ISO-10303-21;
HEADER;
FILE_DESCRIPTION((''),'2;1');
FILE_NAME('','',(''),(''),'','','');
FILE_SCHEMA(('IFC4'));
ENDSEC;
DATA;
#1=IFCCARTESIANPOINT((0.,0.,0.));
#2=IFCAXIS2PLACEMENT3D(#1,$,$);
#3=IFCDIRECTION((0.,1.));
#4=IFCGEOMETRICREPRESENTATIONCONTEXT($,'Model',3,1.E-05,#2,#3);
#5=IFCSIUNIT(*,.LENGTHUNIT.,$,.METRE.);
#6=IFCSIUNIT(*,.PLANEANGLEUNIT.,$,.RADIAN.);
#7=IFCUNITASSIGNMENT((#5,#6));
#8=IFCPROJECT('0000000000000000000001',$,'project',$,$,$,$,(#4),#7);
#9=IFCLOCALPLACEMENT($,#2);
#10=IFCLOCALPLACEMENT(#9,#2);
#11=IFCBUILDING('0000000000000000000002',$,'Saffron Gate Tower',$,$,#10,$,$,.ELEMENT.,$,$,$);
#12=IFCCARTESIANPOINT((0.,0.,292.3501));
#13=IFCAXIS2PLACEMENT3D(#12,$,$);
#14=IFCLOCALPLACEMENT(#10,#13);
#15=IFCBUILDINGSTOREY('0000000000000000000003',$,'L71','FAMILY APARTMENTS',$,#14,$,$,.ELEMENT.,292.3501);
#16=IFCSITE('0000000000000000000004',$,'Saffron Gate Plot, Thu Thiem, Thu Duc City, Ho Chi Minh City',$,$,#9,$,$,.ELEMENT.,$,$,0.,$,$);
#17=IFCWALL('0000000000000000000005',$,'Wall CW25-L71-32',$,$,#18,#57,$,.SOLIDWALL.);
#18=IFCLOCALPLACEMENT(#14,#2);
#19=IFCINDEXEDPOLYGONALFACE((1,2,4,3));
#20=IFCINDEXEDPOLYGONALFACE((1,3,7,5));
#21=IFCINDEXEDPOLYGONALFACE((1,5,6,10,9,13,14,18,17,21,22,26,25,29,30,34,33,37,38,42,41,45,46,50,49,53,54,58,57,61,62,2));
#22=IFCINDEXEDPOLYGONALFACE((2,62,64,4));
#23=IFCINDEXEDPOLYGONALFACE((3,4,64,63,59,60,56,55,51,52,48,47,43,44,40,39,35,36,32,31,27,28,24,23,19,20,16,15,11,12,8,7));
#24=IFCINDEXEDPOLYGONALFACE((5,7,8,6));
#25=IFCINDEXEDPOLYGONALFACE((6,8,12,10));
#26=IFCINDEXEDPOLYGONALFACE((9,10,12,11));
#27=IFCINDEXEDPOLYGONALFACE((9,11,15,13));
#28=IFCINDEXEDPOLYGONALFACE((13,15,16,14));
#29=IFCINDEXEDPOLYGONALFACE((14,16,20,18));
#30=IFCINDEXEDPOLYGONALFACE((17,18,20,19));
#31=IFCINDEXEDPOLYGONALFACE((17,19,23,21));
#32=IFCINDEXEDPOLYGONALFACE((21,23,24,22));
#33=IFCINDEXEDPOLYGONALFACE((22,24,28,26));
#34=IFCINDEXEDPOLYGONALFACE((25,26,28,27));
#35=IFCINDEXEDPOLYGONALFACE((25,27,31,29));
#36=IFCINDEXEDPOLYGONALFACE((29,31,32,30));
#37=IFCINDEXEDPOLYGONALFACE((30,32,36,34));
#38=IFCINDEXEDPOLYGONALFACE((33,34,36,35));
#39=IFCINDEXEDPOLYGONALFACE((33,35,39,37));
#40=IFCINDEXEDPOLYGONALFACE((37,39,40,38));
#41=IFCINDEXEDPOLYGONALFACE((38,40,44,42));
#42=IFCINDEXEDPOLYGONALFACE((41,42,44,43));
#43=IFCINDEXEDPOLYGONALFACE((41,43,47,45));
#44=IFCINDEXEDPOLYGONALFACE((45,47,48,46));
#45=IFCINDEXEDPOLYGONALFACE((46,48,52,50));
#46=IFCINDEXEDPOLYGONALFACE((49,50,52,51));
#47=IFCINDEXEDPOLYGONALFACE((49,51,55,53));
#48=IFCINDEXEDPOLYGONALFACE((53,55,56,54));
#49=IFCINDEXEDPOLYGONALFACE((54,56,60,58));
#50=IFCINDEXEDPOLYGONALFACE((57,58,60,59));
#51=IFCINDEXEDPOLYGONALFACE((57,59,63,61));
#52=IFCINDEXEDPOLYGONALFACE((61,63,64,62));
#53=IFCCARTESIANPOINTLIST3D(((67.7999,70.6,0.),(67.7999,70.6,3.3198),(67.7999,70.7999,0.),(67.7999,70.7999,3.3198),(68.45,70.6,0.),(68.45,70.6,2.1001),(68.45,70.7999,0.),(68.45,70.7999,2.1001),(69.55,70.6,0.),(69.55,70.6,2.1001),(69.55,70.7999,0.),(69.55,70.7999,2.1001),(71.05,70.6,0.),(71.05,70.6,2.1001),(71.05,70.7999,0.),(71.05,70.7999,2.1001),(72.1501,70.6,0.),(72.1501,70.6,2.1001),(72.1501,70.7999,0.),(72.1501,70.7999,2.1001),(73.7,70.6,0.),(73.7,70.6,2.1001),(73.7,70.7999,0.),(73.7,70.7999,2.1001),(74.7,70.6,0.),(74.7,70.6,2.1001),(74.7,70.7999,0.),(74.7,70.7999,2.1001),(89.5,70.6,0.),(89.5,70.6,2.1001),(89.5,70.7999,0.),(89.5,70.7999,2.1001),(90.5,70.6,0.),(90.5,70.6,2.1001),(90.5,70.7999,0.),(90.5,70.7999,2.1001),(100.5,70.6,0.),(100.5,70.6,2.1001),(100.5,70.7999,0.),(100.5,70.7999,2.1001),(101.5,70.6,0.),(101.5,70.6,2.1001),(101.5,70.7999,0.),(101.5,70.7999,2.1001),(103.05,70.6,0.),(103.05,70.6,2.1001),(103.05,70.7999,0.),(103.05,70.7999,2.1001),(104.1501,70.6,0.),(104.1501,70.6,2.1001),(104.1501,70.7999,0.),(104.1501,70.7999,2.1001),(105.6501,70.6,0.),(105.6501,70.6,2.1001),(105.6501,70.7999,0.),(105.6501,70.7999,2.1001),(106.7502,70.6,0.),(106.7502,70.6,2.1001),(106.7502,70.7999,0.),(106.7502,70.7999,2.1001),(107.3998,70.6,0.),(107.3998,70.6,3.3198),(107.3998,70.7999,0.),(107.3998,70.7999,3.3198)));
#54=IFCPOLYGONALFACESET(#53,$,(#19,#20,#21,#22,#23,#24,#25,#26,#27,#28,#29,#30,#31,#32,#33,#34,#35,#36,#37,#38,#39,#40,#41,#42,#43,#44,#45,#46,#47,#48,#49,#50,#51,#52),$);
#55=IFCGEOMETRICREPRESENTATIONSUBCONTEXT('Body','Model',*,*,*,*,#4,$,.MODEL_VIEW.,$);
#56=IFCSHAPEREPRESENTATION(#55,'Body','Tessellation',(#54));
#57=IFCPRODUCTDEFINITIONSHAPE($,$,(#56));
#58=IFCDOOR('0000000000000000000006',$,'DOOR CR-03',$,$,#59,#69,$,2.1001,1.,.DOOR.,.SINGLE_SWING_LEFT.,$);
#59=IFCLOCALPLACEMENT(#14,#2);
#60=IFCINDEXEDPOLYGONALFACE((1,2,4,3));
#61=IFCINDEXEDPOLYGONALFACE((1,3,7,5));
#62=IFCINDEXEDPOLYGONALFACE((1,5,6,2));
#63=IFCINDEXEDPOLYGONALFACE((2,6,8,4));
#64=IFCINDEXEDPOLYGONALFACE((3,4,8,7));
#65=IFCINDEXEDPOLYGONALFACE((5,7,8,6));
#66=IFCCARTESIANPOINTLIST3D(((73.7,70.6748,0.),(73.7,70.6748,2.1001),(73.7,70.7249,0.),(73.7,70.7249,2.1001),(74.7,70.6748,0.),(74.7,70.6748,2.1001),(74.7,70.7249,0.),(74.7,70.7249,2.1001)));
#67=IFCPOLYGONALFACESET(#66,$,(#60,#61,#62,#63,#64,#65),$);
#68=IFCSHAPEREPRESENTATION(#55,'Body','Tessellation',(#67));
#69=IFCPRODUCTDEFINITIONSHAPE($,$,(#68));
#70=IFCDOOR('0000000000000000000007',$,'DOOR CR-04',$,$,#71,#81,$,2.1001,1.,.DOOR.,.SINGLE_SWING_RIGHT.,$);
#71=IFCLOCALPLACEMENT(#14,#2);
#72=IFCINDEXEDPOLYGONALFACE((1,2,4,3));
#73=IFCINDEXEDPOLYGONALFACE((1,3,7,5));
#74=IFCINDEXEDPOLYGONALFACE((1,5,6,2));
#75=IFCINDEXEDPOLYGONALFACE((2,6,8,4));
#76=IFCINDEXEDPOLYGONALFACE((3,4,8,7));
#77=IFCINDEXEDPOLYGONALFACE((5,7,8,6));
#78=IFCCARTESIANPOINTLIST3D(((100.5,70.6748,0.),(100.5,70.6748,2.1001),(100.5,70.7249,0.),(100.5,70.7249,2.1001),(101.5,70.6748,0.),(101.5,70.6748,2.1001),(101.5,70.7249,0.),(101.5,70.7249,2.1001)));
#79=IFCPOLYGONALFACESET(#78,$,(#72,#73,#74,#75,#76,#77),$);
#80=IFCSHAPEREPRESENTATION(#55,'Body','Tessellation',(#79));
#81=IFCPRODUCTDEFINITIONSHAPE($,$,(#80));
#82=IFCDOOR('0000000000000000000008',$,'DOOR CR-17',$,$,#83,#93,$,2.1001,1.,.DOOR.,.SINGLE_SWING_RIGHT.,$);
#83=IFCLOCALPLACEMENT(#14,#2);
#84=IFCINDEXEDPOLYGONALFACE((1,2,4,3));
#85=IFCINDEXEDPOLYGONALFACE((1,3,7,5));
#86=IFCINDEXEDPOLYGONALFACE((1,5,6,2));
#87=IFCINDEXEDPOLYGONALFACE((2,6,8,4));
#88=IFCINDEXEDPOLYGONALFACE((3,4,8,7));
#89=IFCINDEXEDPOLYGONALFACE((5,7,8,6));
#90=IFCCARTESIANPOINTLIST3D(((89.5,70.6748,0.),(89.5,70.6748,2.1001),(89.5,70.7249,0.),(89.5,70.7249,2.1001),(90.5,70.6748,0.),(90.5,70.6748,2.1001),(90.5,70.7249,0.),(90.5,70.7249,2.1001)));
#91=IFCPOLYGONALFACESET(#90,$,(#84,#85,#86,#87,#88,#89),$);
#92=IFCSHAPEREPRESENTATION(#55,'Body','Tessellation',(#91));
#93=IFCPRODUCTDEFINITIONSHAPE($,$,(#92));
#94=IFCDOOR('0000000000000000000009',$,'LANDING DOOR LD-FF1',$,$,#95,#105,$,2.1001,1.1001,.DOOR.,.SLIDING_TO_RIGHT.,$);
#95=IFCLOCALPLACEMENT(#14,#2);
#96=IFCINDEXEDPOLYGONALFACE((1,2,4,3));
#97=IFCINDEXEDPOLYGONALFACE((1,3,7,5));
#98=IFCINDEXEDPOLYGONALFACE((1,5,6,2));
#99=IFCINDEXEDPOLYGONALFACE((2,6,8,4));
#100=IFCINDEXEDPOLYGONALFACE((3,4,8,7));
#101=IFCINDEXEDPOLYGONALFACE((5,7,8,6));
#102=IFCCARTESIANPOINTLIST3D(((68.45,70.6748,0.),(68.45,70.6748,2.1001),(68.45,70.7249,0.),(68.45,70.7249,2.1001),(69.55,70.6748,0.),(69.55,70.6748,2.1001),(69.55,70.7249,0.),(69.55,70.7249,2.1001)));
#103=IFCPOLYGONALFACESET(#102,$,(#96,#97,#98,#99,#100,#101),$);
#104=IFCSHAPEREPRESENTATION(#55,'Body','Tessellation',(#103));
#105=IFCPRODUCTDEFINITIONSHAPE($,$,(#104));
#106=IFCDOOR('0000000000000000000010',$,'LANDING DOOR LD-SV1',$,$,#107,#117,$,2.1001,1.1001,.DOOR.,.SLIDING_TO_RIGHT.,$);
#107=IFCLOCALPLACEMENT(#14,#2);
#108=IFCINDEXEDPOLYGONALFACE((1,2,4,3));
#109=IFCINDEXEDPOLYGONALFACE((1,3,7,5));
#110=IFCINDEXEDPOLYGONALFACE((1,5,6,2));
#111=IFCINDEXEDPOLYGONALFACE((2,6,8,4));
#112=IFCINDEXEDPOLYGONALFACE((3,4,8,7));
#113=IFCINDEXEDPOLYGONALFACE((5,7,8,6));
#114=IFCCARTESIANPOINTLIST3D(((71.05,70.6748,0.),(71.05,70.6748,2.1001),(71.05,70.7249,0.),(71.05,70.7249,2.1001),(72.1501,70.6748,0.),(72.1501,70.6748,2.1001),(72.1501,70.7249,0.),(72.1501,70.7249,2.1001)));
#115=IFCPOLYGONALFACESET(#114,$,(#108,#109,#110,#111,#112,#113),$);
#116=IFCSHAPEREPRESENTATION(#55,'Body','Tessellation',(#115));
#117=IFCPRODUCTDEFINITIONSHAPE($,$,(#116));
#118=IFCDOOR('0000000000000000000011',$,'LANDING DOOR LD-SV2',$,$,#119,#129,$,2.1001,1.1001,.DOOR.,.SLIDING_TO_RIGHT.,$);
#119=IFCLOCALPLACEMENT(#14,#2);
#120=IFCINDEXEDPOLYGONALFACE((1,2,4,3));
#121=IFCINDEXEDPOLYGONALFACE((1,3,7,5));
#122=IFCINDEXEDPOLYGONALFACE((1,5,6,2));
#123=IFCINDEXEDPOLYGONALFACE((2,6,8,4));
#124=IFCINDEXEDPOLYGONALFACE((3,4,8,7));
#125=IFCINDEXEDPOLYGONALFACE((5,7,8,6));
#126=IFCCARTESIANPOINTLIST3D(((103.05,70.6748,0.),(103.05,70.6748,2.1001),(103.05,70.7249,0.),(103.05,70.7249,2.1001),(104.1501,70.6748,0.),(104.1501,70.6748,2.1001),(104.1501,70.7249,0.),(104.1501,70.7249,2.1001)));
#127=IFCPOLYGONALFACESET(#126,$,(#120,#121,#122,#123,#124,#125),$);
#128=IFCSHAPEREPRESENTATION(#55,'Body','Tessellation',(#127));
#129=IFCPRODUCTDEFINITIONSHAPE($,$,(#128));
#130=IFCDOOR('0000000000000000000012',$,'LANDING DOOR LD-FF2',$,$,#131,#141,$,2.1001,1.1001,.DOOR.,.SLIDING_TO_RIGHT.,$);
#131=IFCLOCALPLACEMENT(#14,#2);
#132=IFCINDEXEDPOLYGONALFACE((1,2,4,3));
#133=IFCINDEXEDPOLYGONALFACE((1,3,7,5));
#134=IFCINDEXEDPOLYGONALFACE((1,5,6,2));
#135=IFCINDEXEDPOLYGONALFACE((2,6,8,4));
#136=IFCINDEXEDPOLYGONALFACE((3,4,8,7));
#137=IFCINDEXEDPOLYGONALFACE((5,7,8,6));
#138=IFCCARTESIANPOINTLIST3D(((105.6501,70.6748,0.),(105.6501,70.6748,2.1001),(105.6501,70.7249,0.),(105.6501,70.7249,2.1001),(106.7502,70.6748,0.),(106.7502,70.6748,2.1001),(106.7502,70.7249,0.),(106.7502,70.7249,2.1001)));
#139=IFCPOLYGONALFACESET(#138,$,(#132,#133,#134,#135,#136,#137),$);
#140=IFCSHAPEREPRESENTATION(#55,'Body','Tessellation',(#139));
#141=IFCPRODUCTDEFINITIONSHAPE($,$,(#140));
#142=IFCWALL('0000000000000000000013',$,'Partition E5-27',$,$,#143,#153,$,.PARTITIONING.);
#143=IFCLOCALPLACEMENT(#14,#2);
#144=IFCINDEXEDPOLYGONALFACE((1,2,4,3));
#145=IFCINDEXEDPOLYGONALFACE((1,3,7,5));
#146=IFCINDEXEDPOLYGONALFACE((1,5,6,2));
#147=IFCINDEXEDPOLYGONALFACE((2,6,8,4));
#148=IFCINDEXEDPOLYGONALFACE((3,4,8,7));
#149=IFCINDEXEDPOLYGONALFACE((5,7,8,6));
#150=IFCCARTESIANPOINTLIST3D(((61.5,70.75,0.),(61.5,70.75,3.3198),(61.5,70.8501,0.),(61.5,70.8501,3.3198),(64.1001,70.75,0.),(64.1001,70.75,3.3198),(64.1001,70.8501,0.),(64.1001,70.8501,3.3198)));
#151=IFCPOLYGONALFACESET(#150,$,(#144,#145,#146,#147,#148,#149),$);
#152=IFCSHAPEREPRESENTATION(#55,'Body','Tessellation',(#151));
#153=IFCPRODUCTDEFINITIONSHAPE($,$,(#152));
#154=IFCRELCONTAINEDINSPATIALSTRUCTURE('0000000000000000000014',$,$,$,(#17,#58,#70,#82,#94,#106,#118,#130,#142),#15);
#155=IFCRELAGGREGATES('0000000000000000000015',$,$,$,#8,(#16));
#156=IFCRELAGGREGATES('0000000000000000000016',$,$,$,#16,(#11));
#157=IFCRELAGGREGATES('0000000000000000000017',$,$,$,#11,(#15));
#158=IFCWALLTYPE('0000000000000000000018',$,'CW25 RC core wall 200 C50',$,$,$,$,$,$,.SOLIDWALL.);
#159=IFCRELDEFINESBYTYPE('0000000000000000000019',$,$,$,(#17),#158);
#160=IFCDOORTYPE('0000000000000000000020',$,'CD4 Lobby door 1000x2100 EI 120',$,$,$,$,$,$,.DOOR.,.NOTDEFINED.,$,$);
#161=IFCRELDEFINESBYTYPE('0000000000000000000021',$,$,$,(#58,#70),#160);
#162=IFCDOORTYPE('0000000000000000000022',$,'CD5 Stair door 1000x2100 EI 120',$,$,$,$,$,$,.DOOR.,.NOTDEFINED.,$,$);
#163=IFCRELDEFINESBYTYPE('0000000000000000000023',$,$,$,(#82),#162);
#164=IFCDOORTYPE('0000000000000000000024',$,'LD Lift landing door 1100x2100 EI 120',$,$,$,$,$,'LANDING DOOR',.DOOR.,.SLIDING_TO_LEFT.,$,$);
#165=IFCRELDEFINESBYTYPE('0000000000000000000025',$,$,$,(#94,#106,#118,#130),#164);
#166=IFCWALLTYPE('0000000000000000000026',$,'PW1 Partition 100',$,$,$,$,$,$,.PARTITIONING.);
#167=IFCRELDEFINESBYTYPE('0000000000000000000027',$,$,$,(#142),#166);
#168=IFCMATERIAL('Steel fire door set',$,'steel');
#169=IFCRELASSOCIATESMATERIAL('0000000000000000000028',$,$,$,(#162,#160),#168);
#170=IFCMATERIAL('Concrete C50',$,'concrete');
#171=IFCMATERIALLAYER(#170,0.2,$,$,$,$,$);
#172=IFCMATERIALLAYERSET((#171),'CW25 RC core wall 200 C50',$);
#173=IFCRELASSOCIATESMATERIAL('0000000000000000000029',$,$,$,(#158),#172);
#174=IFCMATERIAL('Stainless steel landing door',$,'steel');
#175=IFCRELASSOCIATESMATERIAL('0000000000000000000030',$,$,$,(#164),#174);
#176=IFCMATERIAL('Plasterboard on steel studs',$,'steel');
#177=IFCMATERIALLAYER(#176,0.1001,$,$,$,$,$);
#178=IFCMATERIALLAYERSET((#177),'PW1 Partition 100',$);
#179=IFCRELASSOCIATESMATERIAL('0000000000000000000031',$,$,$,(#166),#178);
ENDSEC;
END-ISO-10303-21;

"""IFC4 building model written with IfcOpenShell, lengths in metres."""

from ifc_helpers import new_model, si_unit, direction, frame, frame_2d, origin, place, context, subcontext, project, spatial, rectangle, extrude, material, layer, layer_set, type_object, element, fill, save


model = new_model("IFC4")

# Units and contexts
model_context = context("Model", 3, precision=1e-05, world=origin(), true_north=direction((0.0, 1.0)))
body_context = subcontext(model_context, "Body", "Model", "MODEL_VIEW")
ifc_project = project(units=[si_unit("LENGTHUNIT", "METRE"), si_unit("PLANEANGLEUNIT", "RADIAN")], contexts=[model_context])

# Site, building, storey
site_placement = place(None, origin())
site = spatial("IfcSite", under=ifc_project, at=site_placement, Name="Saffron Gate Plot, Thu Thiem, Thu Duc City, Ho Chi Minh City", CompositionType="ELEMENT", RefElevation=0.0)
building_placement = place(site_placement, origin())
building = spatial("IfcBuilding", under=site, at=building_placement, Name="Saffron Gate Tower", CompositionType="ELEMENT")
storey_placement = place(building_placement, frame((0.0, 0.0, 292.3501)))
storey = spatial("IfcBuildingStorey", under=building, at=storey_placement, Name="L71", Description="FAMILY APARTMENTS", CompositionType="ELEMENT", Elevation=292.3501)

# Shared definitions
ifc_material_1 = material(Name="Concrete C50", Category="concrete")
ifc_material_2 = material(Name="Steel fire door set", Category="steel")

# Wall, openings, doors
door_type_1 = type_object("IfcDoorType", Name="CD5 Stair door 1000x2100 EI 120", OperationType="NOTDEFINED", PredefinedType="DOOR", material=ifc_material_2)
ifc_layer_1 = layer(ifc_material_1, 0.2)
ifc_layer_set_1 = layer_set([ifc_layer_1], Name="CW25 RC core wall 200 C50")
wall_type_1 = type_object("IfcWallType", Name="CW25 RC core wall 200 C50", PredefinedType="SOLIDWALL", material=ifc_layer_set_1)
wall_1_placement = place(storey_placement, frame((67.8, 70.7, 0.0), z_axis=(0.0, 0.0, 1.0), x_axis=(1.0, 0.0, 0.0)))
wall_1 = element("IfcWall", 1, at=wall_1_placement, inside=storey, type_object=wall_type_1, Name="Wall CW25-L71-32", PredefinedType="SOLIDWALL", context=body_context, shape_type="SweptSolid", body=[
    extrude(rectangle(XDim=39.5999, YDim=0.2, at=frame_2d((19.7998, 0.0))), origin(), (0.0, 0.0, 1.0), 3.3198),
])
opening_1_placement = place(wall_1_placement, frame((0.6499, 0.0, 0.0)))
opening_1 = element("IfcOpeningElement", 2, at=opening_1_placement, cuts=wall_1, PredefinedType="OPENING", context=body_context, shape_type="SweptSolid", body=[
    extrude(rectangle(XDim=1.1001, YDim=2.1001, at=frame_2d((0.55, 1.05))), frame((0.0, 0.1099, 0.0), z_axis=(0.0, -1.0, 0.0), x_axis=(1.0, 0.0, 0.0)), (0.0, 0.0, 1.0), 0.22),
])
opening_2_placement = place(wall_1_placement, frame((3.25, 0.0, 0.0)))
opening_2 = element("IfcOpeningElement", 3, at=opening_2_placement, cuts=wall_1, PredefinedType="OPENING", context=body_context, shape_type="SweptSolid", body=[
    extrude(rectangle(XDim=1.1001, YDim=2.1001, at=frame_2d((0.55, 1.05))), frame((0.0, 0.1099, 0.0), z_axis=(0.0, -1.0, 0.0), x_axis=(1.0, 0.0, 0.0)), (0.0, 0.0, 1.0), 0.22),
])
opening_3_placement = place(wall_1_placement, frame((5.8999, 0.0, 0.0)))
opening_3 = element("IfcOpeningElement", 4, at=opening_3_placement, cuts=wall_1, PredefinedType="OPENING", context=body_context, shape_type="SweptSolid", body=[
    extrude(rectangle(XDim=1.0, YDim=2.1001, at=frame_2d((0.5, 1.05))), frame((0.0, 0.1099, 0.0), z_axis=(0.0, -1.0, 0.0), x_axis=(1.0, 0.0, 0.0)), (0.0, 0.0, 1.0), 0.22),
])
opening_4_placement = place(wall_1_placement, frame((21.7, 0.0, 0.0)))
opening_4 = element("IfcOpeningElement", 5, at=opening_4_placement, cuts=wall_1, PredefinedType="OPENING", context=body_context, shape_type="SweptSolid", body=[
    extrude(rectangle(XDim=1.0, YDim=2.1001, at=frame_2d((0.5, 1.05))), frame((0.0, 0.1099, 0.0), z_axis=(0.0, -1.0, 0.0), x_axis=(1.0, 0.0, 0.0)), (0.0, 0.0, 1.0), 0.22),
])
opening_5_placement = place(wall_1_placement, frame((32.7, 0.0, 0.0)))
opening_5 = element("IfcOpeningElement", 6, at=opening_5_placement, cuts=wall_1, PredefinedType="OPENING", context=body_context, shape_type="SweptSolid", body=[
    extrude(rectangle(XDim=1.0, YDim=2.1001, at=frame_2d((0.5, 1.05))), frame((0.0, 0.1099, 0.0), z_axis=(0.0, -1.0, 0.0), x_axis=(1.0, 0.0, 0.0)), (0.0, 0.0, 1.0), 0.22),
])
opening_6_placement = place(wall_1_placement, frame((35.25, 0.0, 0.0)))
opening_6 = element("IfcOpeningElement", 7, at=opening_6_placement, cuts=wall_1, PredefinedType="OPENING", context=body_context, shape_type="SweptSolid", body=[
    extrude(rectangle(XDim=1.1001, YDim=2.1001, at=frame_2d((0.55, 1.05))), frame((0.0, 0.1099, 0.0), z_axis=(0.0, -1.0, 0.0), x_axis=(1.0, 0.0, 0.0)), (0.0, 0.0, 1.0), 0.22),
])
opening_7_placement = place(wall_1_placement, frame((37.8501, 0.0, 0.0)))
opening_7 = element("IfcOpeningElement", 8, at=opening_7_placement, cuts=wall_1, PredefinedType="OPENING", context=body_context, shape_type="SweptSolid", body=[
    extrude(rectangle(XDim=1.1001, YDim=2.1001, at=frame_2d((0.55, 1.05))), frame((0.0, 0.1099, 0.0), z_axis=(0.0, -1.0, 0.0), x_axis=(1.0, 0.0, 0.0)), (0.0, 0.0, 1.0), 0.22),
])
door_type_2 = type_object("IfcDoorType", Name="CD4 Lobby door 1000x2100 EI 120", OperationType="NOTDEFINED", PredefinedType="DOOR", material=ifc_material_2)
door_1_placement = place(opening_3_placement, origin())
door_1 = element("IfcDoor", 9, at=door_1_placement, inside=storey, type_object=door_type_2, Name="DOOR CR-03", OperationType="SINGLE_SWING_LEFT", OverallHeight=2.1001, OverallWidth=1.0, PredefinedType="DOOR", context=body_context, shape_type="SweptSolid", body=[
    extrude(rectangle(XDim=1.0, YDim=2.1001, at=frame_2d((0.5, 1.05))), frame((0.0, 0.0249, 0.0), z_axis=(0.0, -1.0, 0.0), x_axis=(1.0, 0.0, 0.0)), (0.0, 0.0, 1.0), 0.05),
])
fill(opening_3, door_1)
door_2_placement = place(opening_5_placement, origin())
door_2 = element("IfcDoor", 10, at=door_2_placement, inside=storey, type_object=door_type_2, Name="DOOR CR-04", OperationType="SINGLE_SWING_RIGHT", OverallHeight=2.1001, OverallWidth=1.0, PredefinedType="DOOR", context=body_context, shape_type="SweptSolid", body=[
    extrude(rectangle(XDim=1.0, YDim=2.1001, at=frame_2d((0.5, 1.05))), frame((0.0, 0.0249, 0.0), z_axis=(0.0, -1.0, 0.0), x_axis=(1.0, 0.0, 0.0)), (0.0, 0.0, 1.0), 0.05),
])
fill(opening_5, door_2)
door_3_placement = place(opening_4_placement, origin())
door_3 = element("IfcDoor", 11, at=door_3_placement, inside=storey, type_object=door_type_1, Name="DOOR CR-17", OperationType="SINGLE_SWING_RIGHT", OverallHeight=2.1001, OverallWidth=1.0, PredefinedType="DOOR", context=body_context, shape_type="SweptSolid", body=[
    extrude(rectangle(XDim=1.0, YDim=2.1001, at=frame_2d((0.5, 1.05))), frame((0.0, 0.0249, 0.0), z_axis=(0.0, -1.0, 0.0), x_axis=(1.0, 0.0, 0.0)), (0.0, 0.0, 1.0), 0.05),
])
fill(opening_4, door_3)
ifc_material_3 = material(Name="Stainless steel landing door", Category="steel")
door_type_3 = type_object("IfcDoorType", Name="LD Lift landing door 1100x2100 EI 120", ElementType="LANDING DOOR", OperationType="SLIDING_TO_LEFT", PredefinedType="DOOR", material=ifc_material_3)
door_4_placement = place(opening_1_placement, origin())
door_4 = element("IfcDoor", 12, at=door_4_placement, inside=storey, type_object=door_type_3, Name="LANDING DOOR LD-FF1", OperationType="SLIDING_TO_RIGHT", OverallHeight=2.1001, OverallWidth=1.1001, PredefinedType="DOOR", context=body_context, shape_type="SweptSolid", body=[
    extrude(rectangle(XDim=1.1001, YDim=2.1001, at=frame_2d((0.55, 1.05))), frame((0.0, 0.0249, 0.0), z_axis=(0.0, -1.0, 0.0), x_axis=(1.0, 0.0, 0.0)), (0.0, 0.0, 1.0), 0.05),
])
fill(opening_1, door_4)
door_5_placement = place(opening_2_placement, origin())
door_5 = element("IfcDoor", 13, at=door_5_placement, inside=storey, type_object=door_type_3, Name="LANDING DOOR LD-SV1", OperationType="SLIDING_TO_RIGHT", OverallHeight=2.1001, OverallWidth=1.1001, PredefinedType="DOOR", context=body_context, shape_type="SweptSolid", body=[
    extrude(rectangle(XDim=1.1001, YDim=2.1001, at=frame_2d((0.55, 1.05))), frame((0.0, 0.0249, 0.0), z_axis=(0.0, -1.0, 0.0), x_axis=(1.0, 0.0, 0.0)), (0.0, 0.0, 1.0), 0.05),
])
fill(opening_2, door_5)
door_6_placement = place(opening_6_placement, origin())
door_6 = element("IfcDoor", 14, at=door_6_placement, inside=storey, type_object=door_type_3, Name="LANDING DOOR LD-SV2", OperationType="SLIDING_TO_RIGHT", OverallHeight=2.1001, OverallWidth=1.1001, PredefinedType="DOOR", context=body_context, shape_type="SweptSolid", body=[
    extrude(rectangle(XDim=1.1001, YDim=2.1001, at=frame_2d((0.55, 1.05))), frame((0.0, 0.0249, 0.0), z_axis=(0.0, -1.0, 0.0), x_axis=(1.0, 0.0, 0.0)), (0.0, 0.0, 1.0), 0.05),
])
fill(opening_6, door_6)
door_7_placement = place(opening_7_placement, origin())
door_7 = element("IfcDoor", 15, at=door_7_placement, inside=storey, type_object=door_type_3, Name="LANDING DOOR LD-FF2", OperationType="SLIDING_TO_RIGHT", OverallHeight=2.1001, OverallWidth=1.1001, PredefinedType="DOOR", context=body_context, shape_type="SweptSolid", body=[
    extrude(rectangle(XDim=1.1001, YDim=2.1001, at=frame_2d((0.55, 1.05))), frame((0.0, 0.0249, 0.0), z_axis=(0.0, -1.0, 0.0), x_axis=(1.0, 0.0, 0.0)), (0.0, 0.0, 1.0), 0.05),
])
fill(opening_7, door_7)

# Wall
ifc_material_4 = material(Name="Plasterboard on steel studs", Category="steel")
ifc_layer_2 = layer(ifc_material_4, 0.1001)
ifc_layer_set_2 = layer_set([ifc_layer_2], Name="PW1 Partition 100")
wall_type_2 = type_object("IfcWallType", Name="PW1 Partition 100", PredefinedType="PARTITIONING", material=ifc_layer_set_2)
wall_2_placement = place(storey_placement, frame((61.5, 70.8, 0.0), z_axis=(0.0, 0.0, 1.0), x_axis=(1.0, 0.0, 0.0)))
element("IfcWall", 16, at=wall_2_placement, inside=storey, type_object=wall_type_2, Name="Partition E5-27", PredefinedType="PARTITIONING", context=body_context, shape_type="SweptSolid", body=[
    extrude(rectangle(XDim=2.6001, YDim=0.1001, at=frame_2d((1.3, 0.0))), origin(), (0.0, 0.0, 1.0), 3.3198),
])

save(model, "model.ifc")
